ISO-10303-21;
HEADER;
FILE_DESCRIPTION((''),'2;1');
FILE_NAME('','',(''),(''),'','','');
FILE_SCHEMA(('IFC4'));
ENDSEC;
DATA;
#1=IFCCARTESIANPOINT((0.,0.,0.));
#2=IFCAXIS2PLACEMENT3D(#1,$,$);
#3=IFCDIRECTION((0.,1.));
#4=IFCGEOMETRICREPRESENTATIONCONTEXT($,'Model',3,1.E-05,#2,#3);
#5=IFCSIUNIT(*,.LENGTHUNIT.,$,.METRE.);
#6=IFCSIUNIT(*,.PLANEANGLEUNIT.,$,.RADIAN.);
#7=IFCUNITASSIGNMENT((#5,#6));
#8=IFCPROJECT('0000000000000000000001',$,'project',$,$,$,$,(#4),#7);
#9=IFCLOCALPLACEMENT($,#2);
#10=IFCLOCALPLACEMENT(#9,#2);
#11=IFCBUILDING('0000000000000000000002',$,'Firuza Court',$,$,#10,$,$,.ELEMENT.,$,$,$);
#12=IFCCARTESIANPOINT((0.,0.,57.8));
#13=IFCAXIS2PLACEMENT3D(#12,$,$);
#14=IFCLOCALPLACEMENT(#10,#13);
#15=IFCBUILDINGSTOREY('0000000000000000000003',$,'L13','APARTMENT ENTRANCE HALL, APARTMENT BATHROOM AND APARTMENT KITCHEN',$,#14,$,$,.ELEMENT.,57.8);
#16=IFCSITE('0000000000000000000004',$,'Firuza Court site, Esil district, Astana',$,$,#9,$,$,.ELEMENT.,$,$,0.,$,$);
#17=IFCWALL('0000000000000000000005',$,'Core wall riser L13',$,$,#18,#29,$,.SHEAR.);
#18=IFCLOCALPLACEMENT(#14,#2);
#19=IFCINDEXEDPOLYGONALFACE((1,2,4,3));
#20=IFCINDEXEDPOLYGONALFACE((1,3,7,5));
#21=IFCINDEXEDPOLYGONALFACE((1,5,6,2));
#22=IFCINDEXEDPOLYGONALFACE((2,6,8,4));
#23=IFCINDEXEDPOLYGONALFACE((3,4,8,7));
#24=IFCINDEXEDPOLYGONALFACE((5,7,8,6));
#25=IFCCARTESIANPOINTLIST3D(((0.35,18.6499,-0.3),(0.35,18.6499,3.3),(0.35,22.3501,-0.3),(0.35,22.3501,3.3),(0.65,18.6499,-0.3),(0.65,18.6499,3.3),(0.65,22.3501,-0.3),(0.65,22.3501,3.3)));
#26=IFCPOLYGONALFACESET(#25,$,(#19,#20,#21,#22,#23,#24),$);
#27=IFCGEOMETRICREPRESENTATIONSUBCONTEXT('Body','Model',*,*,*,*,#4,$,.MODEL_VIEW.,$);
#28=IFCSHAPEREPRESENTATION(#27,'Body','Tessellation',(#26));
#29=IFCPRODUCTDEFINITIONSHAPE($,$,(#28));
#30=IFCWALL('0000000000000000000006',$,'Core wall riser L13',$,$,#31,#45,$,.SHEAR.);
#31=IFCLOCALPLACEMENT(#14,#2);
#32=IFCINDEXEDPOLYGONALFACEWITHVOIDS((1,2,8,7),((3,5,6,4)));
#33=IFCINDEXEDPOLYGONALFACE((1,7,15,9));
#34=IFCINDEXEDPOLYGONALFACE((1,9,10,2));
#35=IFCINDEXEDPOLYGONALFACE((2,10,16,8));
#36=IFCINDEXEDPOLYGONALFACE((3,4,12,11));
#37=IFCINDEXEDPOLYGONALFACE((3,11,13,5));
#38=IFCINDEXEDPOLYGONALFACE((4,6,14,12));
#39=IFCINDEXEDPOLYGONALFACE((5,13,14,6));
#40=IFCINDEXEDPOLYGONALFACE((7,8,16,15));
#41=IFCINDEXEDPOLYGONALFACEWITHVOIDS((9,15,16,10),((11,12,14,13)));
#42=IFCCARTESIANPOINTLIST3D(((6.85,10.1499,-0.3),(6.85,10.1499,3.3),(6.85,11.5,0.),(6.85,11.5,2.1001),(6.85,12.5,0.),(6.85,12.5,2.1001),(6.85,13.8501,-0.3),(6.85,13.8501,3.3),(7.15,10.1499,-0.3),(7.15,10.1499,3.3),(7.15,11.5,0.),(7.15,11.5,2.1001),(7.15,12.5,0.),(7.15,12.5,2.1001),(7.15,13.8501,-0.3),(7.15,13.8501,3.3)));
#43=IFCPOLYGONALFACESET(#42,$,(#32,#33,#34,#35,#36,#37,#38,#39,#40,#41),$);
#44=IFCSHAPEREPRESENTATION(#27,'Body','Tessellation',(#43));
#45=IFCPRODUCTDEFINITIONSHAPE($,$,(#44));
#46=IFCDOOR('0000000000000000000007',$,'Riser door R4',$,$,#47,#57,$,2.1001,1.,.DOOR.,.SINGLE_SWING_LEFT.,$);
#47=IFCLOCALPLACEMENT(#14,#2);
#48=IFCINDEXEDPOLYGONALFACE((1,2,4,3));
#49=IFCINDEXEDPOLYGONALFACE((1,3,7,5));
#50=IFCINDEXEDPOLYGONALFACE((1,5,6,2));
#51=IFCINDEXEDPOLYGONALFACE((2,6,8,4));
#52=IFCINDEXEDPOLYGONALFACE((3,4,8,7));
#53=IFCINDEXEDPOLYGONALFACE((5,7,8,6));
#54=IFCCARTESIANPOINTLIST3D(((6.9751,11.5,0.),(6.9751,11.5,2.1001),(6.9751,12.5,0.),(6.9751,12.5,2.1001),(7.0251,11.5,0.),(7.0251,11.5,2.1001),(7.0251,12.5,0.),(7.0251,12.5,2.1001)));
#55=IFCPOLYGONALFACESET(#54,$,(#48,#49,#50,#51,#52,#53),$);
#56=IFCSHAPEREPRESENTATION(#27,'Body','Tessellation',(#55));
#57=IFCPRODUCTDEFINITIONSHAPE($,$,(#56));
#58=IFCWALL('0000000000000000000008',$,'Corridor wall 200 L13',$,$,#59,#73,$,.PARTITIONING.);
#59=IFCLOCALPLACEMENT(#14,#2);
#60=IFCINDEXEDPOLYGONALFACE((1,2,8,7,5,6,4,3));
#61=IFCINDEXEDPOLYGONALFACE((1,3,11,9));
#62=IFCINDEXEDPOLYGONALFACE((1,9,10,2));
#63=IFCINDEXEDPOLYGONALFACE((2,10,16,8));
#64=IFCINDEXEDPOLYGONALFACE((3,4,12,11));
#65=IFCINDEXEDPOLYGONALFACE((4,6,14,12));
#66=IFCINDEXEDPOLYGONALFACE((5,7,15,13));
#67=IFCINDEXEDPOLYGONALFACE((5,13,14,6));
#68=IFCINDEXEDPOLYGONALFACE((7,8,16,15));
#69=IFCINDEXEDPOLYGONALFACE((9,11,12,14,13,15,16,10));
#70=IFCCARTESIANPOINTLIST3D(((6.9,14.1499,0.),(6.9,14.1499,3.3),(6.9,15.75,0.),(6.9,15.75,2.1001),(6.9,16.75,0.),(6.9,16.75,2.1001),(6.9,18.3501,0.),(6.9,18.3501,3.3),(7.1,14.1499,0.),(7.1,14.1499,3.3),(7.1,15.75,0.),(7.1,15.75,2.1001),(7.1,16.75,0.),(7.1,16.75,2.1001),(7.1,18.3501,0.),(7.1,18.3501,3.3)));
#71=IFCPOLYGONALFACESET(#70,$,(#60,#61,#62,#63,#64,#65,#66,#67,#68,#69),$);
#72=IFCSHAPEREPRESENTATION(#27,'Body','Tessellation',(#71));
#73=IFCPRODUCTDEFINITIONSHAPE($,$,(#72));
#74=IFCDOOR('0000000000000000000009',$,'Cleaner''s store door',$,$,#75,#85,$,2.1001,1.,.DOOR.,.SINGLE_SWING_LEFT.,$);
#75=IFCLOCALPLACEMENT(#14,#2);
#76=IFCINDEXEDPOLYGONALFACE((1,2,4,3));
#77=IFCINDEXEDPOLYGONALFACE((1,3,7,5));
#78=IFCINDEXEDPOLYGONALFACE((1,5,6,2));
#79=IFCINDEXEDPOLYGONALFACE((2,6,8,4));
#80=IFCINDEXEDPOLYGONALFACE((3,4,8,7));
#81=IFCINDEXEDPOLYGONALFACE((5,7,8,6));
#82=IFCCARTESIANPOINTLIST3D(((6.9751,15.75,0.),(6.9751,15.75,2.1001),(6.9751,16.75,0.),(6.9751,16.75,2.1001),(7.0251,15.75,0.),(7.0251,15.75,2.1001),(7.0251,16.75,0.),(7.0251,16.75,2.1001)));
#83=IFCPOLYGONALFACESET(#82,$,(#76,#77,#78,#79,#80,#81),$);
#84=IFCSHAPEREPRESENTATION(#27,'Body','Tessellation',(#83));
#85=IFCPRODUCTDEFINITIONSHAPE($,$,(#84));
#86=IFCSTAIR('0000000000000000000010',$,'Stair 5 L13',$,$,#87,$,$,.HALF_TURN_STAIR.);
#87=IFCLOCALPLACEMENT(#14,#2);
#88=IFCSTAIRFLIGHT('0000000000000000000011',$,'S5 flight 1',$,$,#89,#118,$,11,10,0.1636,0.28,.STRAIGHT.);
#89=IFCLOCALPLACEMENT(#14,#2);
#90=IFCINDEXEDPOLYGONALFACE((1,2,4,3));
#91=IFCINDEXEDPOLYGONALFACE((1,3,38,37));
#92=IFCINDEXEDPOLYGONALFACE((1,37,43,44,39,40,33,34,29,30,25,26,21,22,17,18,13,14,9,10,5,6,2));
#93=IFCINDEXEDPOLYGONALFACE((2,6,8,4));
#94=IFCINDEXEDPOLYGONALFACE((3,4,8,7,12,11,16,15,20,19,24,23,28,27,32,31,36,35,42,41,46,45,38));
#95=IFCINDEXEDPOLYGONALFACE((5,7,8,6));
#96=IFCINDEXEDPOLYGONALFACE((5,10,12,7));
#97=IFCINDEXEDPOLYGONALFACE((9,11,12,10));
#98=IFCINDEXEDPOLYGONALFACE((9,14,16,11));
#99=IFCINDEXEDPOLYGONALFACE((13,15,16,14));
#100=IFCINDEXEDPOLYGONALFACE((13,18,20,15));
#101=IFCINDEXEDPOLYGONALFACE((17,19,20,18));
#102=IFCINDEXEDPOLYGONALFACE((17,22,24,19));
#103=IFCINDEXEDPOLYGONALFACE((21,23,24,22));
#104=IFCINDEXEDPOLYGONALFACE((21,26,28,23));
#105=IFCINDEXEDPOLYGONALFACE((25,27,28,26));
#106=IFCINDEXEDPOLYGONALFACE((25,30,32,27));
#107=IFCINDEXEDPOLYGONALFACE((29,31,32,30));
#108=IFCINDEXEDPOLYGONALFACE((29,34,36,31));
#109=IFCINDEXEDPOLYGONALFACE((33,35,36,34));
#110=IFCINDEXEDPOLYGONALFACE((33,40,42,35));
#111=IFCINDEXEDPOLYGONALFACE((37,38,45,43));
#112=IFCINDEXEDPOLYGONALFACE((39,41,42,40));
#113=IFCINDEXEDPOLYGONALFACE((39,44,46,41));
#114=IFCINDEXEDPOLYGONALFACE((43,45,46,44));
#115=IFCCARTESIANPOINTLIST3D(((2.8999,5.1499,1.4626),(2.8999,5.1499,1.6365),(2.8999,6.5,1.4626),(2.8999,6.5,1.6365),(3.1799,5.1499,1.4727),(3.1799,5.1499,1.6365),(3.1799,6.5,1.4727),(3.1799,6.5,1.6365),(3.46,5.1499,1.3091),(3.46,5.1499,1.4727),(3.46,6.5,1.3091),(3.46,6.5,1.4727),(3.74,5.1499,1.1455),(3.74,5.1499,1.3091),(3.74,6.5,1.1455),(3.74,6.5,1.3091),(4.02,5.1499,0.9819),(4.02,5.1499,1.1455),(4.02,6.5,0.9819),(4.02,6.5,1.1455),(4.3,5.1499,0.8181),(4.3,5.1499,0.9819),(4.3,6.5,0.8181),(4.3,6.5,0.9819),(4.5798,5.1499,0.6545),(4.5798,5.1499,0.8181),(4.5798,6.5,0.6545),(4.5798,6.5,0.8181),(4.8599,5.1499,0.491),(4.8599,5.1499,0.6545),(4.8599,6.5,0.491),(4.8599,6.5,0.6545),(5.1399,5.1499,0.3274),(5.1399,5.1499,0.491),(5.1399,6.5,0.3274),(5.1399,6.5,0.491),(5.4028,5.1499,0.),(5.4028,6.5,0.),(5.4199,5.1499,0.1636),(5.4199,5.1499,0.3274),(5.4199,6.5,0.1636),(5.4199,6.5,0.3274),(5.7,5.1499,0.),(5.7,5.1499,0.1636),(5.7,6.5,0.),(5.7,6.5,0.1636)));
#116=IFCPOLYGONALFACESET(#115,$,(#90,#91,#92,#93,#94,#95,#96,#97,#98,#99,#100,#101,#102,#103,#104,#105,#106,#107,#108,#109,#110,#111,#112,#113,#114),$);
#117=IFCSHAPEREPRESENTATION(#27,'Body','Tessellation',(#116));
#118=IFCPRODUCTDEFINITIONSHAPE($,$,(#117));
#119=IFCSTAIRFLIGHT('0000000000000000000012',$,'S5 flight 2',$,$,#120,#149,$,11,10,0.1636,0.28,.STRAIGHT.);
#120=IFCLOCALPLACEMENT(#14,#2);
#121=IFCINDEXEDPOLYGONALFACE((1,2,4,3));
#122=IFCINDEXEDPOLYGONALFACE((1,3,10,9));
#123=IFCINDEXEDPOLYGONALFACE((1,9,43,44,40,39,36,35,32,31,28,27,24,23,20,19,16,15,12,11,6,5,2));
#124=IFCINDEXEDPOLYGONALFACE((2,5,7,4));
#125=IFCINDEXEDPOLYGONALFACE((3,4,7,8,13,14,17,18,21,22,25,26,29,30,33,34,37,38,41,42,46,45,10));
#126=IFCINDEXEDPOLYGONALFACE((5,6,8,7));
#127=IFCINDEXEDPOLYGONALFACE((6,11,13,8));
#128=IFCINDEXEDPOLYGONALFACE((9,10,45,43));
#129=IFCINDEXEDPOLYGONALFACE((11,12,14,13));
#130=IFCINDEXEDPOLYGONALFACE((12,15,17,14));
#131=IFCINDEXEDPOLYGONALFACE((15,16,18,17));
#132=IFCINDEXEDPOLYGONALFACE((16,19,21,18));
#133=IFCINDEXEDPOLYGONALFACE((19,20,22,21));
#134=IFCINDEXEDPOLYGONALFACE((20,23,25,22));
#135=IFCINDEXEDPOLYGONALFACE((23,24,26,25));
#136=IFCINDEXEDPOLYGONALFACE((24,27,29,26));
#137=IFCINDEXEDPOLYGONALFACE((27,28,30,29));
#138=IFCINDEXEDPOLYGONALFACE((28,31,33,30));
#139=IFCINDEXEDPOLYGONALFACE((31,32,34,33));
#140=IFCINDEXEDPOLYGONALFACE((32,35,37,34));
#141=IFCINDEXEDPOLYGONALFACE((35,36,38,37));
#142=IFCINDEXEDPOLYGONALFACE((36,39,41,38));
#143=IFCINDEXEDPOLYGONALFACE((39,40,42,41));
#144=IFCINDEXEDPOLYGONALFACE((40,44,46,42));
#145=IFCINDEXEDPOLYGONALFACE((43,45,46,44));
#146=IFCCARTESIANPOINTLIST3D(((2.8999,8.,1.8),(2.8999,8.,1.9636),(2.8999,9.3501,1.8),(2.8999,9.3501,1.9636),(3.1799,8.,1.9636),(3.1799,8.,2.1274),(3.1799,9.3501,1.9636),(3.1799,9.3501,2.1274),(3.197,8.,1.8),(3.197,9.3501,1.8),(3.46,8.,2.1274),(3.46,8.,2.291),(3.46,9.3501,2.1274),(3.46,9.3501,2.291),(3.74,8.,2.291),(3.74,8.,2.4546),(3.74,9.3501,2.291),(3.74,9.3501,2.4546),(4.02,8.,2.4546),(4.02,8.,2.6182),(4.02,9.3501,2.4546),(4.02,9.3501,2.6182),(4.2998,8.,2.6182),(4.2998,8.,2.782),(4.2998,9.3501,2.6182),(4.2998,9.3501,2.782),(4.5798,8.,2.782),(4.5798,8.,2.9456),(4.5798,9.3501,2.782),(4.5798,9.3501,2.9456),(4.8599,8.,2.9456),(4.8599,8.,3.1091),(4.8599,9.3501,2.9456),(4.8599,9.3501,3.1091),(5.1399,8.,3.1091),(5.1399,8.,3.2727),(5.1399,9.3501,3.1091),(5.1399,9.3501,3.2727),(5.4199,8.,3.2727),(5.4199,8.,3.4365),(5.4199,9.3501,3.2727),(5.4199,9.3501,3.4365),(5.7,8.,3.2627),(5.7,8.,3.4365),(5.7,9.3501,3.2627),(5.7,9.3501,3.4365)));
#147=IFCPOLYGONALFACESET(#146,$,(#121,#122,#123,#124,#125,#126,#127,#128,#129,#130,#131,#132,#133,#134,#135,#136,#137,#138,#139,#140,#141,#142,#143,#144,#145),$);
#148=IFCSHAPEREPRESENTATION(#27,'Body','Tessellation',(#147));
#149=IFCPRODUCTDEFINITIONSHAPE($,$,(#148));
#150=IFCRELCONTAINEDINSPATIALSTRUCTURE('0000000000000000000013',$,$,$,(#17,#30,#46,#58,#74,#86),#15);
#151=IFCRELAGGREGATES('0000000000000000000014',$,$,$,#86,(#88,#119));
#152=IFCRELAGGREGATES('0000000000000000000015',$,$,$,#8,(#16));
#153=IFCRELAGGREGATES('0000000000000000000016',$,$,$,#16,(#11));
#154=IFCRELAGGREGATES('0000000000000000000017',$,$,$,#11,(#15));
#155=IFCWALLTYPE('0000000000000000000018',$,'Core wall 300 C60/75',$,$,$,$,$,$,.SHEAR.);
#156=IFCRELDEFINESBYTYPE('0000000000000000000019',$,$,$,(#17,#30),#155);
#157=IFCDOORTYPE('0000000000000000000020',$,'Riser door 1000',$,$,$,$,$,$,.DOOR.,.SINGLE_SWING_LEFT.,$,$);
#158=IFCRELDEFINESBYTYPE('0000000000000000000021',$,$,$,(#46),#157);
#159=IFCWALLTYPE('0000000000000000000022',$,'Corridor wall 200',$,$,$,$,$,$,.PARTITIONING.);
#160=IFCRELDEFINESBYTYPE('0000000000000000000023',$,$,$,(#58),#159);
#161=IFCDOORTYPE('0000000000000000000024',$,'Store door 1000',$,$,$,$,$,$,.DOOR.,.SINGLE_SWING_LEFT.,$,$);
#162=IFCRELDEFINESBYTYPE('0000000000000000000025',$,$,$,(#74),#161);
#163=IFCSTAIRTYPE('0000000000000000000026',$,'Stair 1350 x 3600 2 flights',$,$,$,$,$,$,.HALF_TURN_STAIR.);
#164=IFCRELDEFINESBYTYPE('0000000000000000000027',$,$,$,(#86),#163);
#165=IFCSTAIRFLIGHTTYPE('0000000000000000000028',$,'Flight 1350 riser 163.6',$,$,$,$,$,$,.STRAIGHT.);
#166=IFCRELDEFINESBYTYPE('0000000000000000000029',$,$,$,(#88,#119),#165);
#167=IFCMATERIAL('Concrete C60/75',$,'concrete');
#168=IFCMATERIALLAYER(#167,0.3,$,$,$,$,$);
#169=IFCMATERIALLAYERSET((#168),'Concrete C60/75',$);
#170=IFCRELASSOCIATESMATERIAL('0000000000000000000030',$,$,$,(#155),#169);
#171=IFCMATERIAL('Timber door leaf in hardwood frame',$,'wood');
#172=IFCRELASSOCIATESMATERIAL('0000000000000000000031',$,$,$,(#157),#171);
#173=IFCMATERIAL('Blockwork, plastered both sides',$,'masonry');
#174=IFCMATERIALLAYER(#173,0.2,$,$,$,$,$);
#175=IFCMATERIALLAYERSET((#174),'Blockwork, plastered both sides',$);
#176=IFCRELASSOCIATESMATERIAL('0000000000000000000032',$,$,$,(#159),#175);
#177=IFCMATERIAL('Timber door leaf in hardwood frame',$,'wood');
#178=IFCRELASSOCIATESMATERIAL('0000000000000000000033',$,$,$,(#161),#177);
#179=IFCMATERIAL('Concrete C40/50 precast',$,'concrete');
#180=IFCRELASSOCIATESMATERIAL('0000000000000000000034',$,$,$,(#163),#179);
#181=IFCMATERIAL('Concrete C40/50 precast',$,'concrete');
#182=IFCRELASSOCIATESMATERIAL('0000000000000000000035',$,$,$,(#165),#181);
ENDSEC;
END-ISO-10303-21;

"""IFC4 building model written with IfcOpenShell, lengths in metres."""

from ifc_helpers import new_model, si_unit, direction, frame, frame_2d, origin, place, context, subcontext, project, spatial, polyline, rectangle, outline, extrude, material, layer, layer_set, type_object, element, fill, aggregate, save


model = new_model("IFC4")

# Units and contexts
model_context = context("Model", 3, precision=1e-05, world=origin(), true_north=direction((0.0, 1.0)))
body_context = subcontext(model_context, "Body", "Model", "MODEL_VIEW")
ifc_project = project(units=[si_unit("LENGTHUNIT", "METRE"), si_unit("PLANEANGLEUNIT", "RADIAN")], contexts=[model_context])

# Site, building, storey
site_placement = place(None, origin())
site = spatial("IfcSite", under=ifc_project, at=site_placement, Name="Firuza Court site, Esil district, Astana", CompositionType="ELEMENT", RefElevation=0.0)
building_placement = place(site_placement, origin())
building = spatial("IfcBuilding", under=site, at=building_placement, Name="Firuza Court", CompositionType="ELEMENT")
storey_placement = place(building_placement, frame((0.0, 0.0, 57.8)))
storey = spatial("IfcBuildingStorey", under=building, at=storey_placement, Name="L13", Description="APARTMENT ENTRANCE HALL, APARTMENT BATHROOM AND APARTMENT KITCHEN", CompositionType="ELEMENT", Elevation=57.8)

# Wall
ifc_material_1 = material(Name="Concrete C60/75", Category="concrete")
ifc_layer_1 = layer(ifc_material_1, 0.3)
ifc_layer_set_1 = layer_set([ifc_layer_1], Name="Concrete C60/75")
wall_type_1 = type_object("IfcWallType", Name="Core wall 300 C60/75", PredefinedType="SHEAR", material=ifc_layer_set_1)
for number, where, z_axis, x_axis, name in (
    (1, (0.5, 18.6499, -0.3), (0.0, 0.0, 1.0), (0.0, 1.0, 0.0), "Core wall riser L13"),
):
    element("IfcWall", number, at=place(storey_placement, frame(where, z_axis=z_axis, x_axis=x_axis)), inside=storey, type_object=wall_type_1, Name=name, PredefinedType="SHEAR", context=body_context, shape_type="SweptSolid", body=[
        extrude(rectangle(XDim=3.7002, YDim=0.3, at=frame_2d((1.8501, 0.0))), origin(), (0.0, 0.0, 1.0), 3.6001),
    ])

# Walls, openings, doors
wall_1_placement = place(storey_placement, frame((7.0, 10.1499, -0.3), z_axis=(0.0, 0.0, 1.0), x_axis=(0.0, 1.0, 0.0)))
wall_1 = element("IfcWall", 2, at=wall_1_placement, inside=storey, type_object=wall_type_1, Name="Core wall riser L13", PredefinedType="SHEAR", context=body_context, shape_type="SweptSolid", body=[
    extrude(rectangle(XDim=3.7002, YDim=0.3, at=frame_2d((1.8501, 0.0))), origin(), (0.0, 0.0, 1.0), 3.6001),
])
opening_1_placement = place(wall_1_placement, frame((1.3501, 0.0, 0.3)))
opening_1 = element("IfcOpeningElement", 3, at=opening_1_placement, cuts=wall_1, PredefinedType="OPENING", context=body_context, shape_type="SweptSolid", body=[
    extrude(rectangle(XDim=1.0, YDim=2.1001, at=frame_2d((0.5, 1.05))), frame((0.0, 0.1621, 0.0), z_axis=(0.0, -1.0, 0.0), x_axis=(1.0, 0.0, 0.0)), (0.0, 0.0, 1.0), 0.324),
])
ifc_material_2 = material(Name="Timber door leaf in hardwood frame", Category="wood")
door_type_1 = type_object("IfcDoorType", Name="Riser door 1000", OperationType="SINGLE_SWING_LEFT", PredefinedType="DOOR", material=ifc_material_2)
door_1_placement = place(opening_1_placement, origin())
door_1 = element("IfcDoor", 4, at=door_1_placement, inside=storey, type_object=door_type_1, Name="Riser door R4", OperationType="SINGLE_SWING_LEFT", OverallHeight=2.1001, OverallWidth=1.0, PredefinedType="DOOR", context=body_context, shape_type="SweptSolid", body=[
    extrude(rectangle(XDim=1.0, YDim=2.1001, at=frame_2d((0.5, 1.05))), frame((0.0, 0.0249, 0.0), z_axis=(0.0, -1.0, 0.0), x_axis=(1.0, 0.0, 0.0)), (0.0, 0.0, 1.0), 0.05),
])
fill(opening_1, door_1)
ifc_material_3 = material(Name="Blockwork, plastered both sides", Category="masonry")
ifc_layer_2 = layer(ifc_material_3, 0.2)
ifc_layer_set_2 = layer_set([ifc_layer_2], Name="Blockwork, plastered both sides")
wall_type_2 = type_object("IfcWallType", Name="Corridor wall 200", PredefinedType="PARTITIONING", material=ifc_layer_set_2)
wall_2_placement = place(storey_placement, frame((7.0, 14.1499, 0.0), z_axis=(0.0, 0.0, 1.0), x_axis=(0.0, 1.0, 0.0)))
wall_2 = element("IfcWall", 5, at=wall_2_placement, inside=storey, type_object=wall_type_2, Name="Corridor wall 200 L13", PredefinedType="PARTITIONING", context=body_context, shape_type="SweptSolid", body=[
    extrude(rectangle(XDim=4.2002, YDim=0.2, at=frame_2d((2.1001, 0.0))), origin(), (0.0, 0.0, 1.0), 3.3),
])
opening_2_placement = place(wall_2_placement, frame((1.6001, 0.0, 0.0)))
opening_2 = element("IfcOpeningElement", 6, at=opening_2_placement, cuts=wall_2, PredefinedType="OPENING", context=body_context, shape_type="SweptSolid", body=[
    extrude(rectangle(XDim=1.0, YDim=2.1001, at=frame_2d((0.5, 1.05))), frame((0.0, 0.1118, 0.0), z_axis=(0.0, -1.0, 0.0), x_axis=(1.0, 0.0, 0.0)), (0.0, 0.0, 1.0), 0.2239),
])
ifc_material_4 = material(Name="Timber door leaf in hardwood frame", Category="wood")
door_type_2 = type_object("IfcDoorType", Name="Store door 1000", OperationType="SINGLE_SWING_LEFT", PredefinedType="DOOR", material=ifc_material_4)
door_2_placement = place(opening_2_placement, origin())
door_2 = element("IfcDoor", 7, at=door_2_placement, inside=storey, type_object=door_type_2, Name="Cleaner's store door", OperationType="SINGLE_SWING_LEFT", OverallHeight=2.1001, OverallWidth=1.0, PredefinedType="DOOR", context=body_context, shape_type="SweptSolid", body=[
    extrude(rectangle(XDim=1.0, YDim=2.1001, at=frame_2d((0.5, 1.05))), frame((0.0, 0.0249, 0.0), z_axis=(0.0, -1.0, 0.0), x_axis=(1.0, 0.0, 0.0)), (0.0, 0.0, 1.0), 0.05),
])
fill(opening_2, door_2)

# Stair, stair flights
ifc_material_5 = material(Name="Concrete C40/50 precast", Category="concrete")
stair_type = type_object("IfcStairType", Name="Stair 1350 x 3600 2 flights", PredefinedType="HALF_TURN_STAIR", material=ifc_material_5)
stair_placement = place(storey_placement, origin())
stair = element("IfcStair", 8, at=stair_placement, inside=storey, type_object=stair_type, Name="Stair 5 L13", PredefinedType="HALF_TURN_STAIR")
ifc_material_6 = material(Name="Concrete C40/50 precast", Category="concrete")
stair_flight_type = type_object("IfcStairFlightType", Name="Flight 1350 riser 163.6", PredefinedType="STRAIGHT", material=ifc_material_6)
stair_flight_1_placement = place(storey_placement, frame((5.7, 5.825, 0.0), z_axis=(0.0, 0.0, 1.0), x_axis=(-1.0, 0.0, 0.0)))
stair_flight_1 = element("IfcStairFlight", 9, at=stair_flight_1_placement, type_object=stair_flight_type, Name="S5 flight 1", NumberOfRisers=11, NumberOfTreads=10, PredefinedType="STRAIGHT", RiserHeight=0.1636, TreadLength=0.28, context=body_context, shape_type="SweptSolid", body=[
    extrude(outline(polyline([(0.0, 0.0), (0.0, 0.1636), (0.28, 0.1636), (0.28, 0.3274), (0.5601, 0.3274), (0.5601, 0.491), (0.8401, 0.491), (0.8401, 0.6545), (1.1201, 0.6545), (1.1201, 0.8181), (1.3999, 0.8181), (1.3999, 0.9819), (1.6799, 0.9819), (1.6799, 1.1455), (1.96, 1.1455), (1.96, 1.3091), (2.24, 1.3091), (2.24, 1.4727), (2.52, 1.4727), (2.52, 1.6365), (2.8, 1.6365), (2.8, 1.8), (2.8, 1.4626), (0.2971, 0.0), (0.0, 0.0)])), frame((0.0, 0.675, 0.0), z_axis=(0.0, -1.0, 0.0), x_axis=(1.0, 0.0, 0.0)), (0.0, 0.0, 1.0), 1.3501),
])
stair_flight_2_placement = place(storey_placement, frame((2.8999, 8.675, 1.8), z_axis=(0.0, 0.0, 1.0), x_axis=(1.0, 0.0, 0.0)))
stair_flight_2 = element("IfcStairFlight", 10, at=stair_flight_2_placement, type_object=stair_flight_type, Name="S5 flight 2", NumberOfRisers=11, NumberOfTreads=10, PredefinedType="STRAIGHT", RiserHeight=0.1636, TreadLength=0.28, context=body_context, shape_type="SweptSolid", body=[
    extrude(outline(polyline([(0.0, 0.0), (0.0, 0.1636), (0.28, 0.1636), (0.28, 0.3274), (0.5601, 0.3274), (0.5601, 0.491), (0.8401, 0.491), (0.8401, 0.6545), (1.1201, 0.6545), (1.1201, 0.8181), (1.3999, 0.8181), (1.3999, 0.9819), (1.6799, 0.9819), (1.6799, 1.1455), (1.96, 1.1455), (1.96, 1.3091), (2.24, 1.3091), (2.24, 1.4727), (2.52, 1.4727), (2.52, 1.6365), (2.8, 1.6365), (2.8, 1.8), (2.8, 1.4626), (0.2971, 0.0), (0.0, 0.0)])), frame((0.0, 0.675, 0.0), z_axis=(0.0, -1.0, 0.0), x_axis=(1.0, 0.0, 0.0)), (0.0, 0.0, 1.0), 1.3501),
])
aggregate(stair, [stair_flight_1, stair_flight_2])

save(model, "model.ifc")
